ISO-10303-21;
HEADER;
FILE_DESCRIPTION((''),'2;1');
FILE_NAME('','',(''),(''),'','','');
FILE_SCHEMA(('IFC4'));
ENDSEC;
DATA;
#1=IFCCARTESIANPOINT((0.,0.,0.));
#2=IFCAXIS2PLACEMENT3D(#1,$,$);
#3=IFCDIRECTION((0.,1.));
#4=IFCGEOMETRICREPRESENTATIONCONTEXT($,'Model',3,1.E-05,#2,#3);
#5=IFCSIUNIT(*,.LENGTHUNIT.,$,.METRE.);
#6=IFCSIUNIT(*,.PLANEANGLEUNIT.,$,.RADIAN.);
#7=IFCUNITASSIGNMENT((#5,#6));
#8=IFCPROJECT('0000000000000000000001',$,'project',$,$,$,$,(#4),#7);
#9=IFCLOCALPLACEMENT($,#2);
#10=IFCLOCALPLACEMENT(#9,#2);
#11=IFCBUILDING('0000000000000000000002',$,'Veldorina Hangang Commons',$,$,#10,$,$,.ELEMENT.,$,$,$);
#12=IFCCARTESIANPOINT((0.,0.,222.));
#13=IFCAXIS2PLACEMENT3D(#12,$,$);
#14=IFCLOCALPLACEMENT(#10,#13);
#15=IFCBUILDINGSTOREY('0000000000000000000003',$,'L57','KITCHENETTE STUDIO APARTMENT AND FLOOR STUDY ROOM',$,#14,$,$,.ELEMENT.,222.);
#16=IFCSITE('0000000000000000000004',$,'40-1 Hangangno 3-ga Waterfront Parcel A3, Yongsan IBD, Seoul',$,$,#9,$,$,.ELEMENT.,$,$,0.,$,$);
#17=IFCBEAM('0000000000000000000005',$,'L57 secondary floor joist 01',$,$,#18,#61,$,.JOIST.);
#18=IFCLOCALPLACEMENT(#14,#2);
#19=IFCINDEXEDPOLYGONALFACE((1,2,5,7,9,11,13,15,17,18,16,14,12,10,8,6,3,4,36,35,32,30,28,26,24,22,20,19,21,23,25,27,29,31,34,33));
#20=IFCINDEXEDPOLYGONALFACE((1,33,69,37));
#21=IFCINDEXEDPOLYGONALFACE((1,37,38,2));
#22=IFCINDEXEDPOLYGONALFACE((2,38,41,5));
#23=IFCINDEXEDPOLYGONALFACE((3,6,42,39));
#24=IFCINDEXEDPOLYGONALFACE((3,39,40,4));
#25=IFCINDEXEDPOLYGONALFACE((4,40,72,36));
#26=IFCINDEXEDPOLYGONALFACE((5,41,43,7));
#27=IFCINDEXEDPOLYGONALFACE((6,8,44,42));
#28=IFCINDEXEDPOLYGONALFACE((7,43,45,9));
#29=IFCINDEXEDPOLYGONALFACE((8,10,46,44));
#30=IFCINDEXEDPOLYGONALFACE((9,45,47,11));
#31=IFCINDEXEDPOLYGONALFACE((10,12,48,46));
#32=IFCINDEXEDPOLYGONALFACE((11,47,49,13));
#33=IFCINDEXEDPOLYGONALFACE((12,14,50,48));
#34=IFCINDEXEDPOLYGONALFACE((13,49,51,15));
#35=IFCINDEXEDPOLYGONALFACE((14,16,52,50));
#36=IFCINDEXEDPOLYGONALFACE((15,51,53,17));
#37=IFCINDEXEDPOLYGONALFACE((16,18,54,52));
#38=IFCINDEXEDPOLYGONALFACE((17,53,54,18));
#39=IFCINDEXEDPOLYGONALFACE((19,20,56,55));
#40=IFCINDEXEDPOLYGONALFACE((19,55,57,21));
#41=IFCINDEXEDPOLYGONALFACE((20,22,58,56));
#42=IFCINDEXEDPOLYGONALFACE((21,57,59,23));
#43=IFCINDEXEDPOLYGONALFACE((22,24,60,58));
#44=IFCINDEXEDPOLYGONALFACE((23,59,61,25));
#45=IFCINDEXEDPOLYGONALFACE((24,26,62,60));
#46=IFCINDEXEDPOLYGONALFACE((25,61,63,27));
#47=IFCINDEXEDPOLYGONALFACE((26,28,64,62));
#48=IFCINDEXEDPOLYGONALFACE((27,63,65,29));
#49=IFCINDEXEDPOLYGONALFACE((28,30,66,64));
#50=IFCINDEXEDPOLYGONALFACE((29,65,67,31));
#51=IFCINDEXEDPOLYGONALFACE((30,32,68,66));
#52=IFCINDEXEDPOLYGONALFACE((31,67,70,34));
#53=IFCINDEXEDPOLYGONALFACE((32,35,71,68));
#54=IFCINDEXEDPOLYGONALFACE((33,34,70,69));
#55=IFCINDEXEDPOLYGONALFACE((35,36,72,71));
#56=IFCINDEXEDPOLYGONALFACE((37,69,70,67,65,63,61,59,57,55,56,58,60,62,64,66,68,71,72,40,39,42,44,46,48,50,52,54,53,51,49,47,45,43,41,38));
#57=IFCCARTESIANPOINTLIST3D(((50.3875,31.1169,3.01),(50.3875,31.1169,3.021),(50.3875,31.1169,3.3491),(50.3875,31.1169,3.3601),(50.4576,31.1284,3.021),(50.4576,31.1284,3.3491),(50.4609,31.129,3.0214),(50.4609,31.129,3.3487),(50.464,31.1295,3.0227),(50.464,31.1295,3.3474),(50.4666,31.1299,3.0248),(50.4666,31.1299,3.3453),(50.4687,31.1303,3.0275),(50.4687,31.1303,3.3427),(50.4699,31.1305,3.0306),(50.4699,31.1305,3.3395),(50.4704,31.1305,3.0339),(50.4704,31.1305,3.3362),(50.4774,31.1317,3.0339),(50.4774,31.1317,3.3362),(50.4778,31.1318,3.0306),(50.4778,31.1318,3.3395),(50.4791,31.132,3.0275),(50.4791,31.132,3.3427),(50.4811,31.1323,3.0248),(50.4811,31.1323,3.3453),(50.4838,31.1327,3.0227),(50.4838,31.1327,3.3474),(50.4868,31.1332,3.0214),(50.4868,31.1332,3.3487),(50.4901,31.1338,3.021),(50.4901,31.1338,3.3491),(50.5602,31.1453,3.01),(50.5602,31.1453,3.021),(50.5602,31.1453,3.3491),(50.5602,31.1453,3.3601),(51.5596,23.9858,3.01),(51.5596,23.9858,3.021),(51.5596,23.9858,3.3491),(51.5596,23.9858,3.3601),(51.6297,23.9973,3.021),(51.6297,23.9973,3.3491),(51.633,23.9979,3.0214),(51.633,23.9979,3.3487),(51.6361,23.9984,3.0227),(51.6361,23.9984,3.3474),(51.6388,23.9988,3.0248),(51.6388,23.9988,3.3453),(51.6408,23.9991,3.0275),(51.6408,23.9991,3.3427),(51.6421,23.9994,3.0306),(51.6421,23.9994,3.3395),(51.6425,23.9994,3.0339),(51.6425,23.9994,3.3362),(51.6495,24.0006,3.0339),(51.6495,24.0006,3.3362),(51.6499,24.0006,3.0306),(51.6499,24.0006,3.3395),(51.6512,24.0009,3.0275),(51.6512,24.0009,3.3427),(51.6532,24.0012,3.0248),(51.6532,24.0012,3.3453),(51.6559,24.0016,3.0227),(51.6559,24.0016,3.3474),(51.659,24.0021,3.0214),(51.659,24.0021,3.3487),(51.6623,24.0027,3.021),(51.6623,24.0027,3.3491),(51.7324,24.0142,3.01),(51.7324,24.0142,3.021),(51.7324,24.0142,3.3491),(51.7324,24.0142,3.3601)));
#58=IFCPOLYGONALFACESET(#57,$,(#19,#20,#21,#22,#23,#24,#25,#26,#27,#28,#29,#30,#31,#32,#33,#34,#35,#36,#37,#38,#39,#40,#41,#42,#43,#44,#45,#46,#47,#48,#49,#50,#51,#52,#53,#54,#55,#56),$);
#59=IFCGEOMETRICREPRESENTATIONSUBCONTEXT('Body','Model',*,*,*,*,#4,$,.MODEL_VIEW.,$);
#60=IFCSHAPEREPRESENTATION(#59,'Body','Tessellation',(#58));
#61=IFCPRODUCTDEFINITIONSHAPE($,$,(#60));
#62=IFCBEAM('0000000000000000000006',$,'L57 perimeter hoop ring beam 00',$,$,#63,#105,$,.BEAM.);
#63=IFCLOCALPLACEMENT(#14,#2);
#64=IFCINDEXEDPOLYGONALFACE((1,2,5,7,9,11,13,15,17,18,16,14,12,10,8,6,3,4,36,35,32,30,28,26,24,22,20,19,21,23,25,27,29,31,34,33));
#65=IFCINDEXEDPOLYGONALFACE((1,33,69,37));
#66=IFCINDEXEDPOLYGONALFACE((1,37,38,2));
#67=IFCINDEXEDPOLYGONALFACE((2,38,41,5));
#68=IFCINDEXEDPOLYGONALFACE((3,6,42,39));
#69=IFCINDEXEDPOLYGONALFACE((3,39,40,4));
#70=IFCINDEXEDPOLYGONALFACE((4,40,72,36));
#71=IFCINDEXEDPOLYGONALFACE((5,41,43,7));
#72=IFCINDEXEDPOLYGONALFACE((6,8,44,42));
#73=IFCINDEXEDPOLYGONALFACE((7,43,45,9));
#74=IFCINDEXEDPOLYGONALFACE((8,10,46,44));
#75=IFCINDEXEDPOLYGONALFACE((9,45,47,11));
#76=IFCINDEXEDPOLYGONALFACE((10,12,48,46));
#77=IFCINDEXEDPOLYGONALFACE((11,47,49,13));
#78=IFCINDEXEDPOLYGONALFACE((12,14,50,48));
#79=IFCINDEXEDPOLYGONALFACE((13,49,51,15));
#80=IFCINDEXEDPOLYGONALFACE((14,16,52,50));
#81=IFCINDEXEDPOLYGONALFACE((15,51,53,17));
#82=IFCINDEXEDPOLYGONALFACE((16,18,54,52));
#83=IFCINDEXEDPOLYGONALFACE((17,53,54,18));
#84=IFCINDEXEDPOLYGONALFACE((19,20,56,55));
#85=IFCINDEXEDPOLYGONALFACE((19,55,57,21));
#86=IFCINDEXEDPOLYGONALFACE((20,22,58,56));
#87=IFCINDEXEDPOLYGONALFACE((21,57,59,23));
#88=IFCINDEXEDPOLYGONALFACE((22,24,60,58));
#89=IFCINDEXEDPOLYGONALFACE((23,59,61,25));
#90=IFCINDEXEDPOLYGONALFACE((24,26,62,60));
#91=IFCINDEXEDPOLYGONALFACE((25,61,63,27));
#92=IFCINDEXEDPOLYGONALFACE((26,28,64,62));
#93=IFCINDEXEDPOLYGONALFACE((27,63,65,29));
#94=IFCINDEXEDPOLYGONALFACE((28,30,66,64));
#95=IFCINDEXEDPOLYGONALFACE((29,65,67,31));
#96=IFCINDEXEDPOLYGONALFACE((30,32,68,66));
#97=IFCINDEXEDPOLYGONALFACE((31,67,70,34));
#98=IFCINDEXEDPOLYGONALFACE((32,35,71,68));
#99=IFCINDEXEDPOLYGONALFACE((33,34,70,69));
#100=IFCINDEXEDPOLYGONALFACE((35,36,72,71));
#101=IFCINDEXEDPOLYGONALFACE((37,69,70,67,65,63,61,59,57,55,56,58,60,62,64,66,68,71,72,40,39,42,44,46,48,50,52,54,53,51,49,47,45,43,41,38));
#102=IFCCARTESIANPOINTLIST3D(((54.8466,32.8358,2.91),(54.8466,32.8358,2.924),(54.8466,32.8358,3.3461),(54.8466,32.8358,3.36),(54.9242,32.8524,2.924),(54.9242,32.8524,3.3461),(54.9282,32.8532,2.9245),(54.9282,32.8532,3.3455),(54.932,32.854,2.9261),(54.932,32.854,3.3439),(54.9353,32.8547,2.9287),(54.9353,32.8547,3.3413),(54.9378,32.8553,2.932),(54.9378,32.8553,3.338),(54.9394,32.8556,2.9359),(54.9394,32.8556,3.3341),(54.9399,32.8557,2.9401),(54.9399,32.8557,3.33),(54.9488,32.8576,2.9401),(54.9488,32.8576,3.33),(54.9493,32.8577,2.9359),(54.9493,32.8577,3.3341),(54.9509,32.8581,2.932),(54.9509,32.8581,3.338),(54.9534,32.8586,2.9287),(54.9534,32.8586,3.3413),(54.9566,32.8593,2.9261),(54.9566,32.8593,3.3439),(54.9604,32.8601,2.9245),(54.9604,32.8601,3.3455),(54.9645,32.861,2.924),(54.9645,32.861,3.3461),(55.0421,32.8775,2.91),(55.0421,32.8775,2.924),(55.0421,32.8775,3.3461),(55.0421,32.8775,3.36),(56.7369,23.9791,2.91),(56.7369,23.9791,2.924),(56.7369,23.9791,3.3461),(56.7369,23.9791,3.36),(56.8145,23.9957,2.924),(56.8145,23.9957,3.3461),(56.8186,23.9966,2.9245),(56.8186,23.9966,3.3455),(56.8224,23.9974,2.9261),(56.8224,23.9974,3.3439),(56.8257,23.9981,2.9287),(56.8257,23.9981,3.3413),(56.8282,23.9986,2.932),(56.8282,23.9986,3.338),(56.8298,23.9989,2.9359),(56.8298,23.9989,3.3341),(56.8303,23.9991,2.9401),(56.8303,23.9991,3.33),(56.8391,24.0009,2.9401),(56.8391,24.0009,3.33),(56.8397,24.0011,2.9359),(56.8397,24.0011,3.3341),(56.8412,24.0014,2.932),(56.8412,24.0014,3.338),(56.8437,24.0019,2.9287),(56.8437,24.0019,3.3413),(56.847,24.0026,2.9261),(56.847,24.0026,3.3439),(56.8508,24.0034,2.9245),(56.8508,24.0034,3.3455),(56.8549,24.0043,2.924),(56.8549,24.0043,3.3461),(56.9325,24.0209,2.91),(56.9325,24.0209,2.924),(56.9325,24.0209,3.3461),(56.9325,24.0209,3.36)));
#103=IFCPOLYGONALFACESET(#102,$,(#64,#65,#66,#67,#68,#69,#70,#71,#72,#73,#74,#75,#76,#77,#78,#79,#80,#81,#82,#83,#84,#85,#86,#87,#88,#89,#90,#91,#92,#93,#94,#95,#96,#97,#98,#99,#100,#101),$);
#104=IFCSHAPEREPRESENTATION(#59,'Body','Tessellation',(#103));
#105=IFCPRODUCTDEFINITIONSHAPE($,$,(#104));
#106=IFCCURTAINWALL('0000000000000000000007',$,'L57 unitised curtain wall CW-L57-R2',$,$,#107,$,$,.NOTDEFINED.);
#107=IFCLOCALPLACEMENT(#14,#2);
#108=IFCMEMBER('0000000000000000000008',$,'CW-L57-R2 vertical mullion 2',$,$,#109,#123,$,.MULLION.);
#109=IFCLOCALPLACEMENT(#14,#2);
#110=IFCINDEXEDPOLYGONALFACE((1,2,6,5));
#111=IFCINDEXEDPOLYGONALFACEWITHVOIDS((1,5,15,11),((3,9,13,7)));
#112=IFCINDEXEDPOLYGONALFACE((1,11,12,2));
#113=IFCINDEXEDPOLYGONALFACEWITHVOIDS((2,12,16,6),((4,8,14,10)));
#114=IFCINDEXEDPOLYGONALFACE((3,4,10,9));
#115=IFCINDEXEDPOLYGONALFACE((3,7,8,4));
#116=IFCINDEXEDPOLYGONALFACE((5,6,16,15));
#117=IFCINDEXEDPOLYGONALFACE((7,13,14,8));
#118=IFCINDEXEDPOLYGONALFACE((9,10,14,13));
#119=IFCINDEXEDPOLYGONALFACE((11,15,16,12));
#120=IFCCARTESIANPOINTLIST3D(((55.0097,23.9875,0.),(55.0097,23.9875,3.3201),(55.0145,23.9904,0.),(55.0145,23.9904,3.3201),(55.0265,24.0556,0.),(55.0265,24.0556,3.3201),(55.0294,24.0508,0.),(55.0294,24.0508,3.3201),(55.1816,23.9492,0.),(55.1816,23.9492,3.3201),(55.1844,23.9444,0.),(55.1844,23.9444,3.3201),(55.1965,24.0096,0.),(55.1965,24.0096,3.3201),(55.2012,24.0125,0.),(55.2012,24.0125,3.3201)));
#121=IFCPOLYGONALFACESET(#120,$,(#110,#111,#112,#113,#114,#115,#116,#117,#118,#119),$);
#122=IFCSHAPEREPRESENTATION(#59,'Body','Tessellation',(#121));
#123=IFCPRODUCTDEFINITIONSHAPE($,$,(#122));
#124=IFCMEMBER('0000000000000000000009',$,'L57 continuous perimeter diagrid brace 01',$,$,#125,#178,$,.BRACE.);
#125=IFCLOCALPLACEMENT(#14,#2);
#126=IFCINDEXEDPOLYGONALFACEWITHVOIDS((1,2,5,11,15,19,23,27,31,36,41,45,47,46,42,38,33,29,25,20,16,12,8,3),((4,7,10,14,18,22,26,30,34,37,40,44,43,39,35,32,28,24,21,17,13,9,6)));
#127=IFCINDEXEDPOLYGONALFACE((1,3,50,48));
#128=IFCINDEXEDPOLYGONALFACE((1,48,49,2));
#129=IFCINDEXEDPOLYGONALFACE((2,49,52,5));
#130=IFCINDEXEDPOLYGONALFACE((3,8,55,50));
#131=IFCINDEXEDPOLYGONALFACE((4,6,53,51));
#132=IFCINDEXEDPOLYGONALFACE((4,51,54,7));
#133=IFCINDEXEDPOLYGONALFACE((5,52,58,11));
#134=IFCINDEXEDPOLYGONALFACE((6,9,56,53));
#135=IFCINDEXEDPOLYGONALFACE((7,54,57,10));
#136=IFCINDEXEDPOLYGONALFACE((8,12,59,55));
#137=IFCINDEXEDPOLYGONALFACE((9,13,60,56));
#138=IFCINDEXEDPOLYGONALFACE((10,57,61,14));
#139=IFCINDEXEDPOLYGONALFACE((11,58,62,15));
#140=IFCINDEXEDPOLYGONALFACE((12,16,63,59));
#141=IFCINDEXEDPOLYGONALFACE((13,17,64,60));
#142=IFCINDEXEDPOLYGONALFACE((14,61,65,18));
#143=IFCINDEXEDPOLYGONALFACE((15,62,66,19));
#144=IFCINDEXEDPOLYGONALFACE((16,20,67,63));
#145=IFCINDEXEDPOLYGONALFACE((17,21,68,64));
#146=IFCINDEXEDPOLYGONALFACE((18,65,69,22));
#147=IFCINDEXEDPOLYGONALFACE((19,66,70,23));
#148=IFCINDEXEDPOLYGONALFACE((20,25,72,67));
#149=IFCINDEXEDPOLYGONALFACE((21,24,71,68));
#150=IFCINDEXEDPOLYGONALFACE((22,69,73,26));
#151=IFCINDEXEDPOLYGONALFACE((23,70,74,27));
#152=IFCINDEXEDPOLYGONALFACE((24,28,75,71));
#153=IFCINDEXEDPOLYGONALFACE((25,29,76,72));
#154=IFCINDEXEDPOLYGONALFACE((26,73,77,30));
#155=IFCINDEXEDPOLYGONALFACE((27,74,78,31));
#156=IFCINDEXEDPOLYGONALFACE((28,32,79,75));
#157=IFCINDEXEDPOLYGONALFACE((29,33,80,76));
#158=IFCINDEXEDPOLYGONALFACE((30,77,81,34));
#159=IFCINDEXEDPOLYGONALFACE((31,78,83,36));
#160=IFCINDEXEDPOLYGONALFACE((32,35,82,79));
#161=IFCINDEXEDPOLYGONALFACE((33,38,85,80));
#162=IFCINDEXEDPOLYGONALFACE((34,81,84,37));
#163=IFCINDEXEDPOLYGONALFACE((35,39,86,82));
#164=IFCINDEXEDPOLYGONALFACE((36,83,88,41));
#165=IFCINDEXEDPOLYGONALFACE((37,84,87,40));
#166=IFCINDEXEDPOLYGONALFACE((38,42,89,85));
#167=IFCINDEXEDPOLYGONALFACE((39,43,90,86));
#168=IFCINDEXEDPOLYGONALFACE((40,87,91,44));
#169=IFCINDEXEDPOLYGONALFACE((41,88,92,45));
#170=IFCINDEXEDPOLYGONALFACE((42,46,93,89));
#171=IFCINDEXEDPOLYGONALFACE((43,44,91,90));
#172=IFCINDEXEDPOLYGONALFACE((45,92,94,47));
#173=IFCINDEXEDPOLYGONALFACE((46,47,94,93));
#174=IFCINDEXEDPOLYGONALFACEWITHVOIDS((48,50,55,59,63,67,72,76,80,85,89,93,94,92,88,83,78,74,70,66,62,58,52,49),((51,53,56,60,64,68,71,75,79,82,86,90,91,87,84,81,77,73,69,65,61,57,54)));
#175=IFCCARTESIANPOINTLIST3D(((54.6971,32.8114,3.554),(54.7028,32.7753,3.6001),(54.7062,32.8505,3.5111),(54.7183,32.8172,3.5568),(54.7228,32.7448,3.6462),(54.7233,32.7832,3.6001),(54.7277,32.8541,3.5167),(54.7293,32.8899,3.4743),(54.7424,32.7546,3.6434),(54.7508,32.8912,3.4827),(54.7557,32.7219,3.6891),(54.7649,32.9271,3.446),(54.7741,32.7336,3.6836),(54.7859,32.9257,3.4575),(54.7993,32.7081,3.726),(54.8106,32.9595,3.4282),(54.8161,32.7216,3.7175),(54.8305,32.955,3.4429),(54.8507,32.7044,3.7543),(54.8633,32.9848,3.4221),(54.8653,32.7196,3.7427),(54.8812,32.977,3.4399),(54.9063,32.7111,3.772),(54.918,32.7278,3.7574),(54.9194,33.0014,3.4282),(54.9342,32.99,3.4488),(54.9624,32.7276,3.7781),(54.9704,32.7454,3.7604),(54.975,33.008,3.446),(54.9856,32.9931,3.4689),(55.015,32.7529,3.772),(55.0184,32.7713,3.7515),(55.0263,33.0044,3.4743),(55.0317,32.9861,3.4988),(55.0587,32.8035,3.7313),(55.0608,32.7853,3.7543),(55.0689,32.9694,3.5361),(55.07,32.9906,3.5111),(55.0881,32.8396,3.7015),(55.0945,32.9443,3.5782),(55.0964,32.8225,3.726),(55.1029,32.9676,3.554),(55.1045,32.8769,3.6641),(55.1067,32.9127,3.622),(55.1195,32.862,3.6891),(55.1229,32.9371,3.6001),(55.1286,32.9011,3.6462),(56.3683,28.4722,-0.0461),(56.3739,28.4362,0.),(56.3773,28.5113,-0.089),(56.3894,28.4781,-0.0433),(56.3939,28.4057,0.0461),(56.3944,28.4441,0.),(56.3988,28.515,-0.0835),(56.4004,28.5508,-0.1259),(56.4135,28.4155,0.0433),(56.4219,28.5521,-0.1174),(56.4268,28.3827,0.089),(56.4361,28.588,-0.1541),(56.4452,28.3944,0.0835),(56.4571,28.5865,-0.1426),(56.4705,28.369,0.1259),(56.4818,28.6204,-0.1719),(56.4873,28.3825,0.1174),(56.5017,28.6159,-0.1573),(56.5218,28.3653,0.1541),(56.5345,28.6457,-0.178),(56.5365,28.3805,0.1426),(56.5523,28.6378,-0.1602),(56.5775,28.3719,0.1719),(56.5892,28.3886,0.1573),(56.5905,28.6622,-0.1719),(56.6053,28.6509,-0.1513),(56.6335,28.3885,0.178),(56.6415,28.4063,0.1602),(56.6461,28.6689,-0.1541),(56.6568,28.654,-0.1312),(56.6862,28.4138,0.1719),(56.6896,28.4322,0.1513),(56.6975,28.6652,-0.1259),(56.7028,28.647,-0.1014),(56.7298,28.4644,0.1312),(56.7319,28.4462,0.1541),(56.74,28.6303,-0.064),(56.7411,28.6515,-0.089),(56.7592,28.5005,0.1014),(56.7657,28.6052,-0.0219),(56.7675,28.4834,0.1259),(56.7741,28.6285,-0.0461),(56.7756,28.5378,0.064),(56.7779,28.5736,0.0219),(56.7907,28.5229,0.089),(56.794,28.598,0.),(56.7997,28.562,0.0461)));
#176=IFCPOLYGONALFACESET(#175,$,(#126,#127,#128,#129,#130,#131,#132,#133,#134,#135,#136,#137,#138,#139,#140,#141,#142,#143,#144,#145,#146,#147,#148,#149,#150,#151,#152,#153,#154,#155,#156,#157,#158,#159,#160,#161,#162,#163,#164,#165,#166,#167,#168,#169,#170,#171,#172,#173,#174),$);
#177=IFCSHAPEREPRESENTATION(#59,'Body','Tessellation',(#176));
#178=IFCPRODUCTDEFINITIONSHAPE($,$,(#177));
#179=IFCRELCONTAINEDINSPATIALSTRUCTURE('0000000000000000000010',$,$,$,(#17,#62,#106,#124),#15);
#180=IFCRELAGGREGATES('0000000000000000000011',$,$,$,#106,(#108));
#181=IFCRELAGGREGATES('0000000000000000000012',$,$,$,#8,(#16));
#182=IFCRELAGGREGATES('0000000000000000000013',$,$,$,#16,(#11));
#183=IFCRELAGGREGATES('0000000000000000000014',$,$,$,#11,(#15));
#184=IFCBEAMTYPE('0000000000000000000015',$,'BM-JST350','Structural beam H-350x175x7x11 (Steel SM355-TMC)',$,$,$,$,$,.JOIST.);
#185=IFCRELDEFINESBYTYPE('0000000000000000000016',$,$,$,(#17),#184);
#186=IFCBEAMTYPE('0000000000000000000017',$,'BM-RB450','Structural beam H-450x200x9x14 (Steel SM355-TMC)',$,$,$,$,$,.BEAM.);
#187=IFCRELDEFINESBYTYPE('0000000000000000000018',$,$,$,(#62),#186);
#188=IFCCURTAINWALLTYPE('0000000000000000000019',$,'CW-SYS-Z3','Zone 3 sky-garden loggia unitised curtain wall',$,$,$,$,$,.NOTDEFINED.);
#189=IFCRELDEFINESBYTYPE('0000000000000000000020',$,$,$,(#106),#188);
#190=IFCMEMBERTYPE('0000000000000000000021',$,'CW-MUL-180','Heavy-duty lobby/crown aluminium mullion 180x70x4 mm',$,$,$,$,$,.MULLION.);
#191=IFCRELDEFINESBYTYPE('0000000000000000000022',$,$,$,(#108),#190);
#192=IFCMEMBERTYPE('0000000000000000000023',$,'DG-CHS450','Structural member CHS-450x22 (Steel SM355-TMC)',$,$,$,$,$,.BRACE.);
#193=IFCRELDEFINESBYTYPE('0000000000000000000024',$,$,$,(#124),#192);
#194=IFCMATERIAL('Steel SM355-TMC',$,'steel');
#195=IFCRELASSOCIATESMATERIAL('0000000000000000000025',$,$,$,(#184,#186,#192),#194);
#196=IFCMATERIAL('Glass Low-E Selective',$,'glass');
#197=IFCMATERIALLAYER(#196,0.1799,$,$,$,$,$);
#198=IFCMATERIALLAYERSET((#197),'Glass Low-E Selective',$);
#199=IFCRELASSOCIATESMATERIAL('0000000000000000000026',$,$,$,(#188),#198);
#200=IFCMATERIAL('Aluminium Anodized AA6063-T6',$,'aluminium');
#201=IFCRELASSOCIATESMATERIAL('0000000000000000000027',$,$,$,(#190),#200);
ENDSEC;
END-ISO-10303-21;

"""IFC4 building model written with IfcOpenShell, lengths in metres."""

from ifc_helpers import new_model, si_unit, direction, frame, origin, origin_2d, place, context, subcontext, project, spatial, hollow_rectangle, hollow_circle, i_section, extrude, material, layer, layer_set, material_profile, profile_set, type_object, element, aggregate, save


model = new_model("IFC4")

# Units and contexts
model_context = context("Model", 3, precision=1e-05, world=origin(), true_north=direction((0.0, 1.0)))
body_context = subcontext(model_context, "Body", "Model", "MODEL_VIEW")
ifc_project = project(units=[si_unit("LENGTHUNIT", "METRE"), si_unit("PLANEANGLEUNIT", "RADIAN")], contexts=[model_context])

# Site, building, storey
site_placement = place(None, origin())
site = spatial("IfcSite", under=ifc_project, at=site_placement, Name="40-1 Hangangno 3-ga Waterfront Parcel A3, Yongsan IBD, Seoul", CompositionType="ELEMENT", RefElevation=0.0)
building_placement = place(site_placement, origin())
building = spatial("IfcBuilding", under=site, at=building_placement, Name="Veldorina Hangang Commons", CompositionType="ELEMENT")
storey_placement = place(building_placement, frame((0.0, 0.0, 222.0)))
storey = spatial("IfcBuildingStorey", under=building, at=storey_placement, Name="L57", Description="KITCHENETTE STUDIO APARTMENT AND FLOOR STUDY ROOM", CompositionType="ELEMENT", Elevation=222.0)

# Beams
ifc_material_1 = material(Name="Steel SM355-TMC", Category="steel")
ifc_material_profile_1 = material_profile(ifc_material_1, i_section(OverallWidth=0.175, OverallDepth=0.3501, WebThickness=0.0071, FlangeThickness=0.011, FilletRadius=0.0129, at=origin_2d()), Name="H-350x175x7x11")
ifc_profile_set_1 = profile_set([ifc_material_profile_1], Name="Steel SM355-TMC")
beam_type_1 = type_object("IfcBeamType", Name="BM-JST350", Description="Structural beam H-350x175x7x11 (Steel SM355-TMC)", PredefinedType="JOIST", material=ifc_profile_set_1)
beam_1_placement = place(storey_placement, frame((51.646, 24.0, 3.1851), z_axis=(-0.162191, 0.986759, 0.0), x_axis=(-0.986759, -0.162191, 0.0)))
element("IfcBeam", 1, at=beam_1_placement, inside=storey, type_object=beam_type_1, Name="L57 secondary floor joist 01", PredefinedType="JOIST", context=body_context, shape_type="SweptSolid", body=[
    extrude(i_section(OverallWidth=0.175, OverallDepth=0.3501, WebThickness=0.0071, FlangeThickness=0.011, FilletRadius=0.0129, at=origin_2d()), origin(), (0.0, 0.0, 1.0), 7.2268),
])
ifc_material_profile_2 = material_profile(ifc_material_1, i_section(OverallWidth=0.2, OverallDepth=0.45, WebThickness=0.009, FlangeThickness=0.0139, FilletRadius=0.0161, at=origin_2d()), Name="H-450x200x9x14")
ifc_profile_set_2 = profile_set([ifc_material_profile_2], Name="Steel SM355-TMC")
beam_type_2 = type_object("IfcBeamType", Name="BM-RB450", Description="Structural beam H-450x200x9x14 (Steel SM355-TMC)", PredefinedType="BEAM", material=ifc_profile_set_2)
beam_2_placement = place(storey_placement, frame((56.8347, 24.0, 3.135), z_axis=(-0.208739, 0.977971, 0.0), x_axis=(-0.977971, -0.208739, 0.0)))
element("IfcBeam", 2, at=beam_2_placement, inside=storey, type_object=beam_type_2, Name="L57 perimeter hoop ring beam 00", PredefinedType="BEAM", context=body_context, shape_type="SweptSolid", body=[
    extrude(i_section(OverallWidth=0.2, OverallDepth=0.45, WebThickness=0.009, FlangeThickness=0.0139, FilletRadius=0.0161, at=origin_2d()), origin(), (0.0, 0.0, 1.0), 9.0562),
])

# Curtain wall, member
ifc_material_2 = material(Name="Glass Low-E Selective", Category="glass")
ifc_layer_1 = layer(ifc_material_2, 0.1799)
ifc_layer_set_1 = layer_set([ifc_layer_1], Name="Glass Low-E Selective")
curtain_wall_type = type_object("IfcCurtainWallType", Name="CW-SYS-Z3", Description="Zone 3 sky-garden loggia unitised curtain wall", PredefinedType="NOTDEFINED", material=ifc_layer_set_1)
curtain_wall_placement = place(storey_placement, origin())
curtain_wall = element("IfcCurtainWall", 3, at=curtain_wall_placement, inside=storey, type_object=curtain_wall_type, Name="L57 unitised curtain wall CW-L57-R2", PredefinedType="NOTDEFINED")
ifc_material_3 = material(Name="Aluminium Anodized AA6063-T6", Category="aluminium")
ifc_material_profile_3 = material_profile(ifc_material_3, hollow_rectangle(XDim=0.0701, YDim=0.1799, WallThickness=0.0039, at=origin_2d()), Name="ALU-RHS-180x70x4")
ifc_profile_set_3 = profile_set([ifc_material_profile_3], Name="Aluminium Anodized AA6063-T6")
member_type_1 = type_object("IfcMemberType", Name="CW-MUL-180", Description="Heavy-duty lobby/crown aluminium mullion 180x70x4 mm", PredefinedType="MULLION", material=ifc_profile_set_3)
member_1_placement = place(storey_placement, frame((55.1055, 24.0, 0.0), z_axis=(0.0, 0.0, 1.0), x_axis=(-0.239533, -0.970888, 0.0)))
member_1 = element("IfcMember", 4, at=member_1_placement, type_object=member_type_1, Name="CW-L57-R2 vertical mullion 2", PredefinedType="MULLION", context=body_context, shape_type="SweptSolid", body=[
    extrude(hollow_rectangle(XDim=0.0701, YDim=0.1799, WallThickness=0.0039, at=origin_2d()), origin(), (0.0, 0.0, 1.0), 3.3201),
])
aggregate(curtain_wall, [member_1])

# Member
ifc_material_profile_4 = material_profile(ifc_material_1, hollow_circle(Radius=0.2251, WallThickness=0.022, at=origin_2d()), Name="CHS-450x22")
ifc_profile_set_4 = profile_set([ifc_material_profile_4], Name="Steel SM355-TMC")
member_type_2 = type_object("IfcMemberType", Name="DG-CHS450", Description="Structural member CHS-450x22 (Steel SM355-TMC)", PredefinedType="BRACE", material=ifc_profile_set_4)
member_2_placement = place(storey_placement, frame((56.584, 28.5171, 0.0), z_axis=(-0.28418, 0.73787, 0.6122), x_axis=(-0.933183, -0.359401, 0.0)))
element("IfcMember", 5, at=member_2_placement, inside=storey, type_object=member_type_2, Name="L57 continuous perimeter diagrid brace 01", PredefinedType="BRACE", context=body_context, shape_type="SweptSolid", body=[
    extrude(hollow_circle(Radius=0.2251, WallThickness=0.022, at=origin_2d()), origin(), (0.0, 0.0, 1.0), 5.8806),
])

save(model, "model.ifc")
